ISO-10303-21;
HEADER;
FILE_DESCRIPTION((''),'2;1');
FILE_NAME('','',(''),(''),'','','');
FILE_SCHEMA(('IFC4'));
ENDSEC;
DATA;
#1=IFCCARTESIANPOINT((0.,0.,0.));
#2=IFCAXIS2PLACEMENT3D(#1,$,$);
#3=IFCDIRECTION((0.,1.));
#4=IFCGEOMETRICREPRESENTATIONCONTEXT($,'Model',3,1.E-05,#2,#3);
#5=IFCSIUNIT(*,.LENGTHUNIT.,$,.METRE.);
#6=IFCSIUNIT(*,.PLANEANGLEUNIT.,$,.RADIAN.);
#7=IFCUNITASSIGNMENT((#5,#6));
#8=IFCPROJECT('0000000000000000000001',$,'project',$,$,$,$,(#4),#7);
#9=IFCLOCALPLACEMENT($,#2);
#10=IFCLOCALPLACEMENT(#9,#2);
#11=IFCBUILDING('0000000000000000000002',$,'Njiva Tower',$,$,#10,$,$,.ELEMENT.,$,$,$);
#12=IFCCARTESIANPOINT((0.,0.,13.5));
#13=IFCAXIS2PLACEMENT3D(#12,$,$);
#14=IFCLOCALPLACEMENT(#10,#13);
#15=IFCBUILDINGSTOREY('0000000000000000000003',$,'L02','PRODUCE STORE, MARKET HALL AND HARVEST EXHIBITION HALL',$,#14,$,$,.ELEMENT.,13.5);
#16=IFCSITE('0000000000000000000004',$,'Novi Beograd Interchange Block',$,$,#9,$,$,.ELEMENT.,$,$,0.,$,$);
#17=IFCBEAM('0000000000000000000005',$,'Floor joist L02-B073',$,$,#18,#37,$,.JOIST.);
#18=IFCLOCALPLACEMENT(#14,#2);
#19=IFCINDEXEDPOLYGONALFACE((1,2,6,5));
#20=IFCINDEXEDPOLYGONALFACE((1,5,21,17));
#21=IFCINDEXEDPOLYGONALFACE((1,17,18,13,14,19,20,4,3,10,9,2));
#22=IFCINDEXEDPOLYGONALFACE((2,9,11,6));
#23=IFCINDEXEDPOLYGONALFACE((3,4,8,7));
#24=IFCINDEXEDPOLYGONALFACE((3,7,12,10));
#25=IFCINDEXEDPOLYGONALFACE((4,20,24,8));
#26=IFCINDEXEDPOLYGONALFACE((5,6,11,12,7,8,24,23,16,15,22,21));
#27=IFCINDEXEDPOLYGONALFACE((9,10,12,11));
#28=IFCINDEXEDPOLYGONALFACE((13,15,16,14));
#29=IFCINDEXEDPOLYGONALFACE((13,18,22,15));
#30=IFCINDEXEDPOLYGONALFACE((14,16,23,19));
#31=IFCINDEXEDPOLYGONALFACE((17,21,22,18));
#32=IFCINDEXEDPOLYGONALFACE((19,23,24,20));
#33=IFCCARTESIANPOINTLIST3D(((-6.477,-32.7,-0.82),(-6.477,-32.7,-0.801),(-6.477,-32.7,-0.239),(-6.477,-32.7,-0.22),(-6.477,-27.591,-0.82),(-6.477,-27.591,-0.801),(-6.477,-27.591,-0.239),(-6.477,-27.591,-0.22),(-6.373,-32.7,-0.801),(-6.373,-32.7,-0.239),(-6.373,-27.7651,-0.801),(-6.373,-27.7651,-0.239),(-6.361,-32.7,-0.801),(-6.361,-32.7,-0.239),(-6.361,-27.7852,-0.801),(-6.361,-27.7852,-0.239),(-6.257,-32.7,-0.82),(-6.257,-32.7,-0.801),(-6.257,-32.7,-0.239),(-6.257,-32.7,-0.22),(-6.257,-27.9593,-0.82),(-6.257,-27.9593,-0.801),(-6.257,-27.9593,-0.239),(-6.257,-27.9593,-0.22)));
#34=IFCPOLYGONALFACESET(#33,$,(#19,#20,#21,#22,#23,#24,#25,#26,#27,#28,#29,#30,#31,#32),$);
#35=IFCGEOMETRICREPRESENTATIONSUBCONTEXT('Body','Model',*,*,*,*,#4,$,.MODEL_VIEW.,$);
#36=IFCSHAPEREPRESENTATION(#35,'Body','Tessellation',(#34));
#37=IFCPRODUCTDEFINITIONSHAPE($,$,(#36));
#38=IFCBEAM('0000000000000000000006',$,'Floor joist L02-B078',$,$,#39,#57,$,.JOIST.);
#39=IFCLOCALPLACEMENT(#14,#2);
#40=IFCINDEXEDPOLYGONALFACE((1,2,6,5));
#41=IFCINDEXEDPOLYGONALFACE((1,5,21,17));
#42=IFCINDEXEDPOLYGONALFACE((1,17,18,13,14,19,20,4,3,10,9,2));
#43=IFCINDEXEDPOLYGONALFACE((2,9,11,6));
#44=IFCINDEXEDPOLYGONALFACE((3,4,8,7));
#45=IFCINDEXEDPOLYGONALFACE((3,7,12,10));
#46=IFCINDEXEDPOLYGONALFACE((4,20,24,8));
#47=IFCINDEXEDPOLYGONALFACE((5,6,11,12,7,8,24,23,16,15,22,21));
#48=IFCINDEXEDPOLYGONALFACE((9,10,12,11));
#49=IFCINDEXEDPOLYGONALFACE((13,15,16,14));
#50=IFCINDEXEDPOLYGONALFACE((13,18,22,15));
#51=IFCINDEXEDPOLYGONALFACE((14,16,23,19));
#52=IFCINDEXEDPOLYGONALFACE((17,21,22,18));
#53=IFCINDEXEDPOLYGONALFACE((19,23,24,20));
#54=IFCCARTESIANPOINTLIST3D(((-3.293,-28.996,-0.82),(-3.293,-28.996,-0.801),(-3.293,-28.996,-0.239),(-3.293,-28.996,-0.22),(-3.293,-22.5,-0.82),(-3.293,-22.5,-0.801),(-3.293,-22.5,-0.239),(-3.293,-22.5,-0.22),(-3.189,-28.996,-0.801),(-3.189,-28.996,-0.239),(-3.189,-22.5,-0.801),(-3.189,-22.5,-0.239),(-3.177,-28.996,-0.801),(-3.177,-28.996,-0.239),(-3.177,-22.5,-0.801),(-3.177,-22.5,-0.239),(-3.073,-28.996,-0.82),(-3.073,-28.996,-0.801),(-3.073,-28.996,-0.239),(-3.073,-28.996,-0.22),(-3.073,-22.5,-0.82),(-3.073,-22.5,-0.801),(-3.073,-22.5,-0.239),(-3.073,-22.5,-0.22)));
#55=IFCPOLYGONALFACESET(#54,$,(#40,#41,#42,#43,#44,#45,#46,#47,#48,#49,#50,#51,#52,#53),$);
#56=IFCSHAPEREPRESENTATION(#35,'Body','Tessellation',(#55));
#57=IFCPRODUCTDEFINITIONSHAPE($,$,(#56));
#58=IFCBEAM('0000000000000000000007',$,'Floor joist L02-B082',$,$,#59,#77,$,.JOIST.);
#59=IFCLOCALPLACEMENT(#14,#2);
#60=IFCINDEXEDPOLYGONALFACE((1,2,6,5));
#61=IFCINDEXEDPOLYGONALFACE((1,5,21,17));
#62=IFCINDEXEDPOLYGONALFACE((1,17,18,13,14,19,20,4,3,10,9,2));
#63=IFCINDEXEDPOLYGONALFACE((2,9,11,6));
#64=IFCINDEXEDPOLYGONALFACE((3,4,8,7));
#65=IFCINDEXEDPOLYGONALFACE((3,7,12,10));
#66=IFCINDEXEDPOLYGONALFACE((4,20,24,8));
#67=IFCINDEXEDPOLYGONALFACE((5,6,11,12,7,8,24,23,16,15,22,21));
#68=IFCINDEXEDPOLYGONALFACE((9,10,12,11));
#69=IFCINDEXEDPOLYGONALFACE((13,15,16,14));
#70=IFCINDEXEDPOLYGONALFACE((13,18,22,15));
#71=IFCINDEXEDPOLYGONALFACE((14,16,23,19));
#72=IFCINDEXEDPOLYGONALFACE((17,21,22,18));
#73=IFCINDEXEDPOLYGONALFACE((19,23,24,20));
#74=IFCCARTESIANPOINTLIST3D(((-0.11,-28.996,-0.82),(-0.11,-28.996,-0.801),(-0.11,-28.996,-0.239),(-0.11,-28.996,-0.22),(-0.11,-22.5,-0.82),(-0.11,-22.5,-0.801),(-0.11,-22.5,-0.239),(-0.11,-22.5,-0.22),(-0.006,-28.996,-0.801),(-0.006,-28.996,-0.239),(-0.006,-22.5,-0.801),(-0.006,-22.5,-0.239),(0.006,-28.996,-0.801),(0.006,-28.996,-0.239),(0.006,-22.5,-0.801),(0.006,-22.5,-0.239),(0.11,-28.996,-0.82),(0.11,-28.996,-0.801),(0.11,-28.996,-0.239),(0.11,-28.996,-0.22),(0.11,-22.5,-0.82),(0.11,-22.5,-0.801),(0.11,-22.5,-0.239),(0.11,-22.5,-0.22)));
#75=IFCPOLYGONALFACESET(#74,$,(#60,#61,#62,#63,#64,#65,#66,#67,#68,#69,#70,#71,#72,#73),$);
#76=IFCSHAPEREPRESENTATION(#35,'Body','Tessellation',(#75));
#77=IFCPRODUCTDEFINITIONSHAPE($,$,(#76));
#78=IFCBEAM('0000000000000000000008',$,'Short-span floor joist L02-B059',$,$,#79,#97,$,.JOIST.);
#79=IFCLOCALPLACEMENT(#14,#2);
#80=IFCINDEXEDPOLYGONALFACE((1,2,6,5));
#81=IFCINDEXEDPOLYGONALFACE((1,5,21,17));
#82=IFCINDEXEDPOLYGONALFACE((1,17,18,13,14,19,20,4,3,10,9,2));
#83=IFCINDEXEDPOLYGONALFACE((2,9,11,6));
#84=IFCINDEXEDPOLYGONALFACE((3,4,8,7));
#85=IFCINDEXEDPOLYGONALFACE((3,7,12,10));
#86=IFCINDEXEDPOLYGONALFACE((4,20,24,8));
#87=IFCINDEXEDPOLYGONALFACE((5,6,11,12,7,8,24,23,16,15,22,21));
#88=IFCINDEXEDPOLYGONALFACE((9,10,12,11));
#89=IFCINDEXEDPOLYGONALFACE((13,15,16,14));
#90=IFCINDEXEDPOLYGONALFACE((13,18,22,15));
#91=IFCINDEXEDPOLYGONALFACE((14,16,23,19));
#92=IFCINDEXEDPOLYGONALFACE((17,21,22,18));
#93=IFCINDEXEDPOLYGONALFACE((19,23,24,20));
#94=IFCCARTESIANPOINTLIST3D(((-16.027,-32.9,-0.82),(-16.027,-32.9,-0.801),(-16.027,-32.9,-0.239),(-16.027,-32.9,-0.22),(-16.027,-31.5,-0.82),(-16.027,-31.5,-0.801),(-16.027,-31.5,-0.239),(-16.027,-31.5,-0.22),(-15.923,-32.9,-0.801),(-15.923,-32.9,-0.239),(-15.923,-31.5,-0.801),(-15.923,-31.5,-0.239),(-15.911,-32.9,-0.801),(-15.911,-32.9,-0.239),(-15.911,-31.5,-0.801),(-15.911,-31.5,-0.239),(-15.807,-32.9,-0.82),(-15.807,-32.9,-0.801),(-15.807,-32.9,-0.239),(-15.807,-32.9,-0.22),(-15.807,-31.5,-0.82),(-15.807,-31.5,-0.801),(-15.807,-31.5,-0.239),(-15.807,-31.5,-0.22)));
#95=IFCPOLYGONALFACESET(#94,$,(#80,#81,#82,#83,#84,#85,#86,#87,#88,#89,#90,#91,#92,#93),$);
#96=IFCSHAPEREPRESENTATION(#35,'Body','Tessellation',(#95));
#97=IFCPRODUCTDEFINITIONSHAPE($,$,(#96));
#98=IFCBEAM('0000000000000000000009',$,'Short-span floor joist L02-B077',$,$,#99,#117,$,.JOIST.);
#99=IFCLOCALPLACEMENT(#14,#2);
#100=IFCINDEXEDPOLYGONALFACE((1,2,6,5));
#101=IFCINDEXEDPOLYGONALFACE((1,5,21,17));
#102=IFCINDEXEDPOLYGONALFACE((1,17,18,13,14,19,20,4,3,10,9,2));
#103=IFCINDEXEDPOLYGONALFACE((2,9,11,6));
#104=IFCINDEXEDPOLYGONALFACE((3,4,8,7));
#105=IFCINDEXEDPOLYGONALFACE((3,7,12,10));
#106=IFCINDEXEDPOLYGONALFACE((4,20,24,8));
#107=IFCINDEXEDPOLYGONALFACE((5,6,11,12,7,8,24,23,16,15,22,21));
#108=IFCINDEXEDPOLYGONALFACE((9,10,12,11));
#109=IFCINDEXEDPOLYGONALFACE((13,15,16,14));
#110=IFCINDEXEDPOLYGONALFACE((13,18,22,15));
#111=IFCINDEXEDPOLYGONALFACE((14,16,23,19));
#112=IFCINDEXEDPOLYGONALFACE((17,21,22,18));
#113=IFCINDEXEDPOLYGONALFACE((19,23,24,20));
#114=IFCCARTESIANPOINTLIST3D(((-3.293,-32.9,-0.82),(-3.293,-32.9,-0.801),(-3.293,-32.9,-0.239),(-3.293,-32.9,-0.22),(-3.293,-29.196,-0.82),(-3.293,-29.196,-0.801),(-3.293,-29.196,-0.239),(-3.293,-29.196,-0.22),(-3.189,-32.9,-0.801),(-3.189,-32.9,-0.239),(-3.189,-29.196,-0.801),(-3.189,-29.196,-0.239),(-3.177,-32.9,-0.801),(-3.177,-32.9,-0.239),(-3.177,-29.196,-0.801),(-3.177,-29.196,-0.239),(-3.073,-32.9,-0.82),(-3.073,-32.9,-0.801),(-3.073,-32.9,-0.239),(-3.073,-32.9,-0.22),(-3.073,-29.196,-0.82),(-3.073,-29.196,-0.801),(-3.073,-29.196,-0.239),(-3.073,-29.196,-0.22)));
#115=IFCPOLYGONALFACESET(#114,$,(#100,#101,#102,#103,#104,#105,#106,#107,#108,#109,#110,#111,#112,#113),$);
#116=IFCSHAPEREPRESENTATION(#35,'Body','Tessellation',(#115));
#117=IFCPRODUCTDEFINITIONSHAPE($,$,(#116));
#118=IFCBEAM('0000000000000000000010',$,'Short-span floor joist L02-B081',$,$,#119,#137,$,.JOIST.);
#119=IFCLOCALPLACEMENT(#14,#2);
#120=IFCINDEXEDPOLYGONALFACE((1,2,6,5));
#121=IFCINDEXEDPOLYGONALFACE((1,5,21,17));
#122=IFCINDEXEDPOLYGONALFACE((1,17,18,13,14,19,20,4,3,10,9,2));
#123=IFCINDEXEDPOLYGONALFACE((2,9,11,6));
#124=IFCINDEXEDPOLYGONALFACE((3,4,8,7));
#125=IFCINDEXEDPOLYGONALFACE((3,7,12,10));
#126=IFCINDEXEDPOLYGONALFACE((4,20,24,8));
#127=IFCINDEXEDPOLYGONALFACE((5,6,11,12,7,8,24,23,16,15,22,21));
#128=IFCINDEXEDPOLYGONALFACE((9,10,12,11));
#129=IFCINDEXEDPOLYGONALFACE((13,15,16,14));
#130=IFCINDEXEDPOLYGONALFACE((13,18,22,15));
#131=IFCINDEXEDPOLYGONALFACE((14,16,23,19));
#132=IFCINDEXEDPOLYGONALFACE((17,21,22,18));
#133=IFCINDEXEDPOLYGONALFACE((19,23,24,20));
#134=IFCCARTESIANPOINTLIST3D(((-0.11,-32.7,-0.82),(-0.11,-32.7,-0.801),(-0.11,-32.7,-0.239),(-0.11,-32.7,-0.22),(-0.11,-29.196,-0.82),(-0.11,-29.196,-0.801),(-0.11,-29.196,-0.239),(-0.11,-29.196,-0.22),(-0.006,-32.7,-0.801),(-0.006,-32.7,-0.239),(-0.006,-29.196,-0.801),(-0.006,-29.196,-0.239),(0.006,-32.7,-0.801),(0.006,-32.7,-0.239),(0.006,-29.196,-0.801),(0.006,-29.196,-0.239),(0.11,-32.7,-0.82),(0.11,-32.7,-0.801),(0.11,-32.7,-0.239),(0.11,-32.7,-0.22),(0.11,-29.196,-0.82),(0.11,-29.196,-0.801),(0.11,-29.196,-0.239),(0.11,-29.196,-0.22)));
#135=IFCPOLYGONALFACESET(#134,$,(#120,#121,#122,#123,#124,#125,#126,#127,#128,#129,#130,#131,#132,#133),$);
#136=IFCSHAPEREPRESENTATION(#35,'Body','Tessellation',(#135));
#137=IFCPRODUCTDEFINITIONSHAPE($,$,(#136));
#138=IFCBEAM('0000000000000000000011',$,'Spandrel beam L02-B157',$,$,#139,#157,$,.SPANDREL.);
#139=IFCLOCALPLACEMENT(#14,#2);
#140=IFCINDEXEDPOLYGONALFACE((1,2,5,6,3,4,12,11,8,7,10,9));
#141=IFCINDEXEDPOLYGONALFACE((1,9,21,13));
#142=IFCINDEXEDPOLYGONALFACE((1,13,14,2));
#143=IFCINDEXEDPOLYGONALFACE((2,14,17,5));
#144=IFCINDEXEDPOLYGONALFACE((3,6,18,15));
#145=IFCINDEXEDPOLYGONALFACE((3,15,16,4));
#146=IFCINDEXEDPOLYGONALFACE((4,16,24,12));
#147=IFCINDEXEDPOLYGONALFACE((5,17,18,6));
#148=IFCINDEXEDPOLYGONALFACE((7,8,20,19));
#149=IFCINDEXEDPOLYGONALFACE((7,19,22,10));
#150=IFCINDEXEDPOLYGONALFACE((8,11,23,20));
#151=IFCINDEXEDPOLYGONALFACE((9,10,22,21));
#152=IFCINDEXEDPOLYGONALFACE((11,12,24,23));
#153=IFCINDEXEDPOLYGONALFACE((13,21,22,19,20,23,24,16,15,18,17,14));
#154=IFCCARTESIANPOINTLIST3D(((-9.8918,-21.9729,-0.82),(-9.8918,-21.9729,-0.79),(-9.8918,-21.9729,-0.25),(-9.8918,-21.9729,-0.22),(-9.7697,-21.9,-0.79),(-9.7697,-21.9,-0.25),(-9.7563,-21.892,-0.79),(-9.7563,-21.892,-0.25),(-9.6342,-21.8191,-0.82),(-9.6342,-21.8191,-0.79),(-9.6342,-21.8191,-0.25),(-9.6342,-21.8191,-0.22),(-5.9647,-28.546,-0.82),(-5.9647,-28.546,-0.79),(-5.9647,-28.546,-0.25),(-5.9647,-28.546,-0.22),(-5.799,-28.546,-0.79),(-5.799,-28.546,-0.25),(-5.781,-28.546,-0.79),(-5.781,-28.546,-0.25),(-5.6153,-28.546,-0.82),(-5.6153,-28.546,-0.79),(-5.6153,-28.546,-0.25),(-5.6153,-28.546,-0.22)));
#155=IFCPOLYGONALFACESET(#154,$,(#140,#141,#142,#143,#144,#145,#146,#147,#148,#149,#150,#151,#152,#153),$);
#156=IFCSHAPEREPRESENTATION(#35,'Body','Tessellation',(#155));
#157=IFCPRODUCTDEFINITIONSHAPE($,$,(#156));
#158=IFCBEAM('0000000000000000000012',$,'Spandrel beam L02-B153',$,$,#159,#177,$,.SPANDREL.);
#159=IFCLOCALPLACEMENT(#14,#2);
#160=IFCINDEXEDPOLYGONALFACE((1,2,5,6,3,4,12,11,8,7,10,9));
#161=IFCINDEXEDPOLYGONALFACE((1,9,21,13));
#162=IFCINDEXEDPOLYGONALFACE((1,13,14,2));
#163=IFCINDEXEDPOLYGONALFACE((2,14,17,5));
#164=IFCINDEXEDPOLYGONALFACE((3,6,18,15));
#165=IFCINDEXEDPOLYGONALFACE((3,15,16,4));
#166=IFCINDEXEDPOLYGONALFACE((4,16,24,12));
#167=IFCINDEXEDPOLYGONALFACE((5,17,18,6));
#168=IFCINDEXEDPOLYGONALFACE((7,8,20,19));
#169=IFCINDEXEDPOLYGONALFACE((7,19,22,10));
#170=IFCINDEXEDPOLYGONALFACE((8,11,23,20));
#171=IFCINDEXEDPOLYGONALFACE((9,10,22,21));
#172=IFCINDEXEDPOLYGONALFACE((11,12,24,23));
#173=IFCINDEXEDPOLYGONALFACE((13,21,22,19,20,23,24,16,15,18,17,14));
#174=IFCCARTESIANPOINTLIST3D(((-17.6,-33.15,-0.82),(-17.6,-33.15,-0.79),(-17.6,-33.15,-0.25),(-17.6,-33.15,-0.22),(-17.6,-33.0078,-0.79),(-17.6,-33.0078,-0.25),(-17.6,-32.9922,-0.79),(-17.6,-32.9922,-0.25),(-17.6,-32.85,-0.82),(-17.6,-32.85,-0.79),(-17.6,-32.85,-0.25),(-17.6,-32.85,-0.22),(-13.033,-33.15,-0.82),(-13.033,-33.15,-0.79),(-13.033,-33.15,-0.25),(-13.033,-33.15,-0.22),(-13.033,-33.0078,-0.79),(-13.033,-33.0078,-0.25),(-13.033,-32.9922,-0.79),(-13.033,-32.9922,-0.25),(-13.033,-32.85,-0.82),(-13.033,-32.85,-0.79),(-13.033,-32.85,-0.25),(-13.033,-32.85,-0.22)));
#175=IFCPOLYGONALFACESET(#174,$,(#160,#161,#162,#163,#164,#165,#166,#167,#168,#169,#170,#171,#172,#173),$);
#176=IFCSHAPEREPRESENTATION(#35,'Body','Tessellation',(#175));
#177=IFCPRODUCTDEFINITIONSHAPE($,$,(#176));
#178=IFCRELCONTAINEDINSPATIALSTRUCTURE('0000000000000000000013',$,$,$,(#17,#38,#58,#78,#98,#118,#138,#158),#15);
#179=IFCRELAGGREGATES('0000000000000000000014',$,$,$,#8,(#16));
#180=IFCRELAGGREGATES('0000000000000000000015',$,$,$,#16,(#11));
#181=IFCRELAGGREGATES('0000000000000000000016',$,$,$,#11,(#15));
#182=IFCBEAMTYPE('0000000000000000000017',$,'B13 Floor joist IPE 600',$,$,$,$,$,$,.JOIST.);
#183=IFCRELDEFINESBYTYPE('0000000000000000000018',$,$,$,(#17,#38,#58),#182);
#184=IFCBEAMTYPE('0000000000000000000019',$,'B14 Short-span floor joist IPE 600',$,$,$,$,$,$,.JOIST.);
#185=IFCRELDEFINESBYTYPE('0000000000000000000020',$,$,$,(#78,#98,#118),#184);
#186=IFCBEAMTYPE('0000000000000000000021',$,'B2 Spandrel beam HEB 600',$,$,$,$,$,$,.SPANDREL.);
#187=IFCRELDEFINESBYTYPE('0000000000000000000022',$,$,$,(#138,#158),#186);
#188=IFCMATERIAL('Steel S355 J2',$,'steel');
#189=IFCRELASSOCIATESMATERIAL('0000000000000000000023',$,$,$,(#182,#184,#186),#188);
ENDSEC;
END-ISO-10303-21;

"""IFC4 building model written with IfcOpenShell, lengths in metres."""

from ifc_helpers import new_model, si_unit, direction, frame, origin, origin_2d, place, context, subcontext, project, spatial, i_section, extrude, clip, halfspace, material, material_profile, profile_set, type_object, element, save


model = new_model("IFC4")

# Units and contexts
model_context = context("Model", 3, precision=1e-05, world=origin(), true_north=direction((0.0, 1.0)))
body_context = subcontext(model_context, "Body", "Model", "MODEL_VIEW")
ifc_project = project(units=[si_unit("LENGTHUNIT", "METRE"), si_unit("PLANEANGLEUNIT", "RADIAN")], contexts=[model_context])

# Site, building, storey
site_placement = place(None, origin())
site = spatial("IfcSite", under=ifc_project, at=site_placement, Name="Novi Beograd Interchange Block", CompositionType="ELEMENT", RefElevation=0.0)
building_placement = place(site_placement, origin())
building = spatial("IfcBuilding", under=site, at=building_placement, Name="Njiva Tower", CompositionType="ELEMENT")
storey_placement = place(building_placement, frame((0.0, 0.0, 13.5)))
storey = spatial("IfcBuildingStorey", under=building, at=storey_placement, Name="L02", Description="PRODUCE STORE, MARKET HALL AND HARVEST EXHIBITION HALL", CompositionType="ELEMENT", Elevation=13.5)

# Shared definitions
ifc_material_1 = material(Name="Steel S355 J2", Category="steel")

# Beams
ifc_material_profile_1 = material_profile(ifc_material_1, i_section(OverallWidth=0.22, OverallDepth=0.6, WebThickness=0.012, FlangeThickness=0.019, at=origin_2d()), Name="IPE 600")
ifc_profile_set_1 = profile_set([ifc_material_profile_1], Name="Steel S355 J2")
beam_type_1 = type_object("IfcBeamType", Name="B13 Floor joist IPE 600", PredefinedType="JOIST", material=ifc_profile_set_1)
beam_1_placement = place(storey_placement, frame((-6.367, -27.572, -0.52), z_axis=(0.0, -1.0, 0.0), x_axis=(1.0, 0.0, 0.0)))
element("IfcBeam", 1, at=beam_1_placement, inside=storey, type_object=beam_type_1, Name="Floor joist L02-B073", PredefinedType="JOIST", context=body_context, shape_type="Clipping", body=[
    clip(extrude(i_section(OverallWidth=0.22, OverallDepth=0.6, WebThickness=0.012, FlangeThickness=0.019, at=origin_2d()), origin(), (0.0, 0.0, 1.0), 5.128), halfspace(frame((0.0433, 0.0, 0.2756), z_axis=(0.858483, 0.0, -0.512842), x_axis=(0.0, -1.0, 0.0)), False)),
])
for number, where, z_axis, x_axis, name in (
    (2, (-3.183, -22.5, -0.52), (0.0, -1.0, 0.0), (1.0, 0.0, 0.0), "Floor joist L02-B078"),
    (3, (0.0, -22.5, -0.52), (0.0, -1.0, 0.0), (1.0, 0.0, 0.0), "Floor joist L02-B082"),
):
    element("IfcBeam", number, at=place(storey_placement, frame(where, z_axis=z_axis, x_axis=x_axis)), inside=storey, type_object=beam_type_1, Name=name, PredefinedType="JOIST", context=body_context, shape_type="SweptSolid", body=[
        extrude(i_section(OverallWidth=0.22, OverallDepth=0.6, WebThickness=0.012, FlangeThickness=0.019, at=origin_2d()), origin(), (0.0, 0.0, 1.0), 6.496),
    ])
ifc_material_profile_2 = material_profile(ifc_material_1, i_section(OverallWidth=0.22, OverallDepth=0.6, WebThickness=0.012, FlangeThickness=0.019, at=origin_2d()), Name="IPE 600")
ifc_profile_set_2 = profile_set([ifc_material_profile_2], Name="Steel S355 J2")
beam_type_2 = type_object("IfcBeamType", Name="B14 Short-span floor joist IPE 600", PredefinedType="JOIST", material=ifc_profile_set_2)
beam_2_placement = place(storey_placement, frame((-15.917, -31.5, -0.52), z_axis=(0.0, -1.0, 0.0), x_axis=(1.0, 0.0, 0.0)))
element("IfcBeam", 4, at=beam_2_placement, inside=storey, type_object=beam_type_2, Name="Short-span floor joist L02-B059", PredefinedType="JOIST", context=body_context, shape_type="SweptSolid", body=[
    extrude(i_section(OverallWidth=0.22, OverallDepth=0.6, WebThickness=0.012, FlangeThickness=0.019, at=origin_2d()), origin(), (0.0, 0.0, 1.0), 1.4),
])
beam_3_placement = place(storey_placement, frame((-3.183, -29.196, -0.52), z_axis=(0.0, -1.0, 0.0), x_axis=(1.0, 0.0, 0.0)))
element("IfcBeam", 5, at=beam_3_placement, inside=storey, type_object=beam_type_2, Name="Short-span floor joist L02-B077", PredefinedType="JOIST", context=body_context, shape_type="SweptSolid", body=[
    extrude(i_section(OverallWidth=0.22, OverallDepth=0.6, WebThickness=0.012, FlangeThickness=0.019, at=origin_2d()), origin(), (0.0, 0.0, 1.0), 3.704),
])
beam_4_placement = place(storey_placement, frame((0.0, -29.196, -0.52), z_axis=(0.0, -1.0, 0.0), x_axis=(1.0, 0.0, 0.0)))
element("IfcBeam", 6, at=beam_4_placement, inside=storey, type_object=beam_type_2, Name="Short-span floor joist L02-B081", PredefinedType="JOIST", context=body_context, shape_type="SweptSolid", body=[
    extrude(i_section(OverallWidth=0.22, OverallDepth=0.6, WebThickness=0.012, FlangeThickness=0.019, at=origin_2d()), origin(), (0.0, 0.0, 1.0), 3.504),
])
ifc_material_profile_3 = material_profile(ifc_material_1, i_section(OverallWidth=0.3, OverallDepth=0.6, WebThickness=0.0155, FlangeThickness=0.03, at=origin_2d()), Name="HEB 600")
ifc_profile_set_3 = profile_set([ifc_material_profile_3], Name="Steel S355 J2")
beam_type_3 = type_object("IfcBeamType", Name="B2 Spandrel beam HEB 600", PredefinedType="SPANDREL", material=ifc_profile_set_3)
beam_5_placement = place(storey_placement, frame((-9.763, -21.896, -0.52), z_axis=(0.512881, -0.85846, 0.0), x_axis=(0.85846, 0.512881, 0.0)))
element("IfcBeam", 7, at=beam_5_placement, inside=storey, type_object=beam_type_3, Name="Spandrel beam L02-B157", PredefinedType="SPANDREL", context=body_context, shape_type="Clipping", body=[
    clip(extrude(i_section(OverallWidth=0.3, OverallDepth=0.6, WebThickness=0.0155, FlangeThickness=0.03, at=origin_2d()), origin(), (0.0, 0.0, 1.0), 7.8564), halfspace(frame((-0.0257, 0.0, 7.7311), z_axis=(-0.512881, 0.0, 0.85846), x_axis=(0.0, 1.0, 0.0)), False)),
])
beam_6_placement = place(storey_placement, frame((-17.6, -33.0, -0.52), z_axis=(1.0, 0.0, 0.0), x_axis=(0.0, 1.0, 0.0)))
element("IfcBeam", 8, at=beam_6_placement, inside=storey, type_object=beam_type_3, Name="Spandrel beam L02-B153", PredefinedType="SPANDREL", context=body_context, shape_type="SweptSolid", body=[
    extrude(i_section(OverallWidth=0.3, OverallDepth=0.6, WebThickness=0.0155, FlangeThickness=0.03, at=origin_2d()), origin(), (0.0, 0.0, 1.0), 4.567),
])

save(model, "model.ifc")
